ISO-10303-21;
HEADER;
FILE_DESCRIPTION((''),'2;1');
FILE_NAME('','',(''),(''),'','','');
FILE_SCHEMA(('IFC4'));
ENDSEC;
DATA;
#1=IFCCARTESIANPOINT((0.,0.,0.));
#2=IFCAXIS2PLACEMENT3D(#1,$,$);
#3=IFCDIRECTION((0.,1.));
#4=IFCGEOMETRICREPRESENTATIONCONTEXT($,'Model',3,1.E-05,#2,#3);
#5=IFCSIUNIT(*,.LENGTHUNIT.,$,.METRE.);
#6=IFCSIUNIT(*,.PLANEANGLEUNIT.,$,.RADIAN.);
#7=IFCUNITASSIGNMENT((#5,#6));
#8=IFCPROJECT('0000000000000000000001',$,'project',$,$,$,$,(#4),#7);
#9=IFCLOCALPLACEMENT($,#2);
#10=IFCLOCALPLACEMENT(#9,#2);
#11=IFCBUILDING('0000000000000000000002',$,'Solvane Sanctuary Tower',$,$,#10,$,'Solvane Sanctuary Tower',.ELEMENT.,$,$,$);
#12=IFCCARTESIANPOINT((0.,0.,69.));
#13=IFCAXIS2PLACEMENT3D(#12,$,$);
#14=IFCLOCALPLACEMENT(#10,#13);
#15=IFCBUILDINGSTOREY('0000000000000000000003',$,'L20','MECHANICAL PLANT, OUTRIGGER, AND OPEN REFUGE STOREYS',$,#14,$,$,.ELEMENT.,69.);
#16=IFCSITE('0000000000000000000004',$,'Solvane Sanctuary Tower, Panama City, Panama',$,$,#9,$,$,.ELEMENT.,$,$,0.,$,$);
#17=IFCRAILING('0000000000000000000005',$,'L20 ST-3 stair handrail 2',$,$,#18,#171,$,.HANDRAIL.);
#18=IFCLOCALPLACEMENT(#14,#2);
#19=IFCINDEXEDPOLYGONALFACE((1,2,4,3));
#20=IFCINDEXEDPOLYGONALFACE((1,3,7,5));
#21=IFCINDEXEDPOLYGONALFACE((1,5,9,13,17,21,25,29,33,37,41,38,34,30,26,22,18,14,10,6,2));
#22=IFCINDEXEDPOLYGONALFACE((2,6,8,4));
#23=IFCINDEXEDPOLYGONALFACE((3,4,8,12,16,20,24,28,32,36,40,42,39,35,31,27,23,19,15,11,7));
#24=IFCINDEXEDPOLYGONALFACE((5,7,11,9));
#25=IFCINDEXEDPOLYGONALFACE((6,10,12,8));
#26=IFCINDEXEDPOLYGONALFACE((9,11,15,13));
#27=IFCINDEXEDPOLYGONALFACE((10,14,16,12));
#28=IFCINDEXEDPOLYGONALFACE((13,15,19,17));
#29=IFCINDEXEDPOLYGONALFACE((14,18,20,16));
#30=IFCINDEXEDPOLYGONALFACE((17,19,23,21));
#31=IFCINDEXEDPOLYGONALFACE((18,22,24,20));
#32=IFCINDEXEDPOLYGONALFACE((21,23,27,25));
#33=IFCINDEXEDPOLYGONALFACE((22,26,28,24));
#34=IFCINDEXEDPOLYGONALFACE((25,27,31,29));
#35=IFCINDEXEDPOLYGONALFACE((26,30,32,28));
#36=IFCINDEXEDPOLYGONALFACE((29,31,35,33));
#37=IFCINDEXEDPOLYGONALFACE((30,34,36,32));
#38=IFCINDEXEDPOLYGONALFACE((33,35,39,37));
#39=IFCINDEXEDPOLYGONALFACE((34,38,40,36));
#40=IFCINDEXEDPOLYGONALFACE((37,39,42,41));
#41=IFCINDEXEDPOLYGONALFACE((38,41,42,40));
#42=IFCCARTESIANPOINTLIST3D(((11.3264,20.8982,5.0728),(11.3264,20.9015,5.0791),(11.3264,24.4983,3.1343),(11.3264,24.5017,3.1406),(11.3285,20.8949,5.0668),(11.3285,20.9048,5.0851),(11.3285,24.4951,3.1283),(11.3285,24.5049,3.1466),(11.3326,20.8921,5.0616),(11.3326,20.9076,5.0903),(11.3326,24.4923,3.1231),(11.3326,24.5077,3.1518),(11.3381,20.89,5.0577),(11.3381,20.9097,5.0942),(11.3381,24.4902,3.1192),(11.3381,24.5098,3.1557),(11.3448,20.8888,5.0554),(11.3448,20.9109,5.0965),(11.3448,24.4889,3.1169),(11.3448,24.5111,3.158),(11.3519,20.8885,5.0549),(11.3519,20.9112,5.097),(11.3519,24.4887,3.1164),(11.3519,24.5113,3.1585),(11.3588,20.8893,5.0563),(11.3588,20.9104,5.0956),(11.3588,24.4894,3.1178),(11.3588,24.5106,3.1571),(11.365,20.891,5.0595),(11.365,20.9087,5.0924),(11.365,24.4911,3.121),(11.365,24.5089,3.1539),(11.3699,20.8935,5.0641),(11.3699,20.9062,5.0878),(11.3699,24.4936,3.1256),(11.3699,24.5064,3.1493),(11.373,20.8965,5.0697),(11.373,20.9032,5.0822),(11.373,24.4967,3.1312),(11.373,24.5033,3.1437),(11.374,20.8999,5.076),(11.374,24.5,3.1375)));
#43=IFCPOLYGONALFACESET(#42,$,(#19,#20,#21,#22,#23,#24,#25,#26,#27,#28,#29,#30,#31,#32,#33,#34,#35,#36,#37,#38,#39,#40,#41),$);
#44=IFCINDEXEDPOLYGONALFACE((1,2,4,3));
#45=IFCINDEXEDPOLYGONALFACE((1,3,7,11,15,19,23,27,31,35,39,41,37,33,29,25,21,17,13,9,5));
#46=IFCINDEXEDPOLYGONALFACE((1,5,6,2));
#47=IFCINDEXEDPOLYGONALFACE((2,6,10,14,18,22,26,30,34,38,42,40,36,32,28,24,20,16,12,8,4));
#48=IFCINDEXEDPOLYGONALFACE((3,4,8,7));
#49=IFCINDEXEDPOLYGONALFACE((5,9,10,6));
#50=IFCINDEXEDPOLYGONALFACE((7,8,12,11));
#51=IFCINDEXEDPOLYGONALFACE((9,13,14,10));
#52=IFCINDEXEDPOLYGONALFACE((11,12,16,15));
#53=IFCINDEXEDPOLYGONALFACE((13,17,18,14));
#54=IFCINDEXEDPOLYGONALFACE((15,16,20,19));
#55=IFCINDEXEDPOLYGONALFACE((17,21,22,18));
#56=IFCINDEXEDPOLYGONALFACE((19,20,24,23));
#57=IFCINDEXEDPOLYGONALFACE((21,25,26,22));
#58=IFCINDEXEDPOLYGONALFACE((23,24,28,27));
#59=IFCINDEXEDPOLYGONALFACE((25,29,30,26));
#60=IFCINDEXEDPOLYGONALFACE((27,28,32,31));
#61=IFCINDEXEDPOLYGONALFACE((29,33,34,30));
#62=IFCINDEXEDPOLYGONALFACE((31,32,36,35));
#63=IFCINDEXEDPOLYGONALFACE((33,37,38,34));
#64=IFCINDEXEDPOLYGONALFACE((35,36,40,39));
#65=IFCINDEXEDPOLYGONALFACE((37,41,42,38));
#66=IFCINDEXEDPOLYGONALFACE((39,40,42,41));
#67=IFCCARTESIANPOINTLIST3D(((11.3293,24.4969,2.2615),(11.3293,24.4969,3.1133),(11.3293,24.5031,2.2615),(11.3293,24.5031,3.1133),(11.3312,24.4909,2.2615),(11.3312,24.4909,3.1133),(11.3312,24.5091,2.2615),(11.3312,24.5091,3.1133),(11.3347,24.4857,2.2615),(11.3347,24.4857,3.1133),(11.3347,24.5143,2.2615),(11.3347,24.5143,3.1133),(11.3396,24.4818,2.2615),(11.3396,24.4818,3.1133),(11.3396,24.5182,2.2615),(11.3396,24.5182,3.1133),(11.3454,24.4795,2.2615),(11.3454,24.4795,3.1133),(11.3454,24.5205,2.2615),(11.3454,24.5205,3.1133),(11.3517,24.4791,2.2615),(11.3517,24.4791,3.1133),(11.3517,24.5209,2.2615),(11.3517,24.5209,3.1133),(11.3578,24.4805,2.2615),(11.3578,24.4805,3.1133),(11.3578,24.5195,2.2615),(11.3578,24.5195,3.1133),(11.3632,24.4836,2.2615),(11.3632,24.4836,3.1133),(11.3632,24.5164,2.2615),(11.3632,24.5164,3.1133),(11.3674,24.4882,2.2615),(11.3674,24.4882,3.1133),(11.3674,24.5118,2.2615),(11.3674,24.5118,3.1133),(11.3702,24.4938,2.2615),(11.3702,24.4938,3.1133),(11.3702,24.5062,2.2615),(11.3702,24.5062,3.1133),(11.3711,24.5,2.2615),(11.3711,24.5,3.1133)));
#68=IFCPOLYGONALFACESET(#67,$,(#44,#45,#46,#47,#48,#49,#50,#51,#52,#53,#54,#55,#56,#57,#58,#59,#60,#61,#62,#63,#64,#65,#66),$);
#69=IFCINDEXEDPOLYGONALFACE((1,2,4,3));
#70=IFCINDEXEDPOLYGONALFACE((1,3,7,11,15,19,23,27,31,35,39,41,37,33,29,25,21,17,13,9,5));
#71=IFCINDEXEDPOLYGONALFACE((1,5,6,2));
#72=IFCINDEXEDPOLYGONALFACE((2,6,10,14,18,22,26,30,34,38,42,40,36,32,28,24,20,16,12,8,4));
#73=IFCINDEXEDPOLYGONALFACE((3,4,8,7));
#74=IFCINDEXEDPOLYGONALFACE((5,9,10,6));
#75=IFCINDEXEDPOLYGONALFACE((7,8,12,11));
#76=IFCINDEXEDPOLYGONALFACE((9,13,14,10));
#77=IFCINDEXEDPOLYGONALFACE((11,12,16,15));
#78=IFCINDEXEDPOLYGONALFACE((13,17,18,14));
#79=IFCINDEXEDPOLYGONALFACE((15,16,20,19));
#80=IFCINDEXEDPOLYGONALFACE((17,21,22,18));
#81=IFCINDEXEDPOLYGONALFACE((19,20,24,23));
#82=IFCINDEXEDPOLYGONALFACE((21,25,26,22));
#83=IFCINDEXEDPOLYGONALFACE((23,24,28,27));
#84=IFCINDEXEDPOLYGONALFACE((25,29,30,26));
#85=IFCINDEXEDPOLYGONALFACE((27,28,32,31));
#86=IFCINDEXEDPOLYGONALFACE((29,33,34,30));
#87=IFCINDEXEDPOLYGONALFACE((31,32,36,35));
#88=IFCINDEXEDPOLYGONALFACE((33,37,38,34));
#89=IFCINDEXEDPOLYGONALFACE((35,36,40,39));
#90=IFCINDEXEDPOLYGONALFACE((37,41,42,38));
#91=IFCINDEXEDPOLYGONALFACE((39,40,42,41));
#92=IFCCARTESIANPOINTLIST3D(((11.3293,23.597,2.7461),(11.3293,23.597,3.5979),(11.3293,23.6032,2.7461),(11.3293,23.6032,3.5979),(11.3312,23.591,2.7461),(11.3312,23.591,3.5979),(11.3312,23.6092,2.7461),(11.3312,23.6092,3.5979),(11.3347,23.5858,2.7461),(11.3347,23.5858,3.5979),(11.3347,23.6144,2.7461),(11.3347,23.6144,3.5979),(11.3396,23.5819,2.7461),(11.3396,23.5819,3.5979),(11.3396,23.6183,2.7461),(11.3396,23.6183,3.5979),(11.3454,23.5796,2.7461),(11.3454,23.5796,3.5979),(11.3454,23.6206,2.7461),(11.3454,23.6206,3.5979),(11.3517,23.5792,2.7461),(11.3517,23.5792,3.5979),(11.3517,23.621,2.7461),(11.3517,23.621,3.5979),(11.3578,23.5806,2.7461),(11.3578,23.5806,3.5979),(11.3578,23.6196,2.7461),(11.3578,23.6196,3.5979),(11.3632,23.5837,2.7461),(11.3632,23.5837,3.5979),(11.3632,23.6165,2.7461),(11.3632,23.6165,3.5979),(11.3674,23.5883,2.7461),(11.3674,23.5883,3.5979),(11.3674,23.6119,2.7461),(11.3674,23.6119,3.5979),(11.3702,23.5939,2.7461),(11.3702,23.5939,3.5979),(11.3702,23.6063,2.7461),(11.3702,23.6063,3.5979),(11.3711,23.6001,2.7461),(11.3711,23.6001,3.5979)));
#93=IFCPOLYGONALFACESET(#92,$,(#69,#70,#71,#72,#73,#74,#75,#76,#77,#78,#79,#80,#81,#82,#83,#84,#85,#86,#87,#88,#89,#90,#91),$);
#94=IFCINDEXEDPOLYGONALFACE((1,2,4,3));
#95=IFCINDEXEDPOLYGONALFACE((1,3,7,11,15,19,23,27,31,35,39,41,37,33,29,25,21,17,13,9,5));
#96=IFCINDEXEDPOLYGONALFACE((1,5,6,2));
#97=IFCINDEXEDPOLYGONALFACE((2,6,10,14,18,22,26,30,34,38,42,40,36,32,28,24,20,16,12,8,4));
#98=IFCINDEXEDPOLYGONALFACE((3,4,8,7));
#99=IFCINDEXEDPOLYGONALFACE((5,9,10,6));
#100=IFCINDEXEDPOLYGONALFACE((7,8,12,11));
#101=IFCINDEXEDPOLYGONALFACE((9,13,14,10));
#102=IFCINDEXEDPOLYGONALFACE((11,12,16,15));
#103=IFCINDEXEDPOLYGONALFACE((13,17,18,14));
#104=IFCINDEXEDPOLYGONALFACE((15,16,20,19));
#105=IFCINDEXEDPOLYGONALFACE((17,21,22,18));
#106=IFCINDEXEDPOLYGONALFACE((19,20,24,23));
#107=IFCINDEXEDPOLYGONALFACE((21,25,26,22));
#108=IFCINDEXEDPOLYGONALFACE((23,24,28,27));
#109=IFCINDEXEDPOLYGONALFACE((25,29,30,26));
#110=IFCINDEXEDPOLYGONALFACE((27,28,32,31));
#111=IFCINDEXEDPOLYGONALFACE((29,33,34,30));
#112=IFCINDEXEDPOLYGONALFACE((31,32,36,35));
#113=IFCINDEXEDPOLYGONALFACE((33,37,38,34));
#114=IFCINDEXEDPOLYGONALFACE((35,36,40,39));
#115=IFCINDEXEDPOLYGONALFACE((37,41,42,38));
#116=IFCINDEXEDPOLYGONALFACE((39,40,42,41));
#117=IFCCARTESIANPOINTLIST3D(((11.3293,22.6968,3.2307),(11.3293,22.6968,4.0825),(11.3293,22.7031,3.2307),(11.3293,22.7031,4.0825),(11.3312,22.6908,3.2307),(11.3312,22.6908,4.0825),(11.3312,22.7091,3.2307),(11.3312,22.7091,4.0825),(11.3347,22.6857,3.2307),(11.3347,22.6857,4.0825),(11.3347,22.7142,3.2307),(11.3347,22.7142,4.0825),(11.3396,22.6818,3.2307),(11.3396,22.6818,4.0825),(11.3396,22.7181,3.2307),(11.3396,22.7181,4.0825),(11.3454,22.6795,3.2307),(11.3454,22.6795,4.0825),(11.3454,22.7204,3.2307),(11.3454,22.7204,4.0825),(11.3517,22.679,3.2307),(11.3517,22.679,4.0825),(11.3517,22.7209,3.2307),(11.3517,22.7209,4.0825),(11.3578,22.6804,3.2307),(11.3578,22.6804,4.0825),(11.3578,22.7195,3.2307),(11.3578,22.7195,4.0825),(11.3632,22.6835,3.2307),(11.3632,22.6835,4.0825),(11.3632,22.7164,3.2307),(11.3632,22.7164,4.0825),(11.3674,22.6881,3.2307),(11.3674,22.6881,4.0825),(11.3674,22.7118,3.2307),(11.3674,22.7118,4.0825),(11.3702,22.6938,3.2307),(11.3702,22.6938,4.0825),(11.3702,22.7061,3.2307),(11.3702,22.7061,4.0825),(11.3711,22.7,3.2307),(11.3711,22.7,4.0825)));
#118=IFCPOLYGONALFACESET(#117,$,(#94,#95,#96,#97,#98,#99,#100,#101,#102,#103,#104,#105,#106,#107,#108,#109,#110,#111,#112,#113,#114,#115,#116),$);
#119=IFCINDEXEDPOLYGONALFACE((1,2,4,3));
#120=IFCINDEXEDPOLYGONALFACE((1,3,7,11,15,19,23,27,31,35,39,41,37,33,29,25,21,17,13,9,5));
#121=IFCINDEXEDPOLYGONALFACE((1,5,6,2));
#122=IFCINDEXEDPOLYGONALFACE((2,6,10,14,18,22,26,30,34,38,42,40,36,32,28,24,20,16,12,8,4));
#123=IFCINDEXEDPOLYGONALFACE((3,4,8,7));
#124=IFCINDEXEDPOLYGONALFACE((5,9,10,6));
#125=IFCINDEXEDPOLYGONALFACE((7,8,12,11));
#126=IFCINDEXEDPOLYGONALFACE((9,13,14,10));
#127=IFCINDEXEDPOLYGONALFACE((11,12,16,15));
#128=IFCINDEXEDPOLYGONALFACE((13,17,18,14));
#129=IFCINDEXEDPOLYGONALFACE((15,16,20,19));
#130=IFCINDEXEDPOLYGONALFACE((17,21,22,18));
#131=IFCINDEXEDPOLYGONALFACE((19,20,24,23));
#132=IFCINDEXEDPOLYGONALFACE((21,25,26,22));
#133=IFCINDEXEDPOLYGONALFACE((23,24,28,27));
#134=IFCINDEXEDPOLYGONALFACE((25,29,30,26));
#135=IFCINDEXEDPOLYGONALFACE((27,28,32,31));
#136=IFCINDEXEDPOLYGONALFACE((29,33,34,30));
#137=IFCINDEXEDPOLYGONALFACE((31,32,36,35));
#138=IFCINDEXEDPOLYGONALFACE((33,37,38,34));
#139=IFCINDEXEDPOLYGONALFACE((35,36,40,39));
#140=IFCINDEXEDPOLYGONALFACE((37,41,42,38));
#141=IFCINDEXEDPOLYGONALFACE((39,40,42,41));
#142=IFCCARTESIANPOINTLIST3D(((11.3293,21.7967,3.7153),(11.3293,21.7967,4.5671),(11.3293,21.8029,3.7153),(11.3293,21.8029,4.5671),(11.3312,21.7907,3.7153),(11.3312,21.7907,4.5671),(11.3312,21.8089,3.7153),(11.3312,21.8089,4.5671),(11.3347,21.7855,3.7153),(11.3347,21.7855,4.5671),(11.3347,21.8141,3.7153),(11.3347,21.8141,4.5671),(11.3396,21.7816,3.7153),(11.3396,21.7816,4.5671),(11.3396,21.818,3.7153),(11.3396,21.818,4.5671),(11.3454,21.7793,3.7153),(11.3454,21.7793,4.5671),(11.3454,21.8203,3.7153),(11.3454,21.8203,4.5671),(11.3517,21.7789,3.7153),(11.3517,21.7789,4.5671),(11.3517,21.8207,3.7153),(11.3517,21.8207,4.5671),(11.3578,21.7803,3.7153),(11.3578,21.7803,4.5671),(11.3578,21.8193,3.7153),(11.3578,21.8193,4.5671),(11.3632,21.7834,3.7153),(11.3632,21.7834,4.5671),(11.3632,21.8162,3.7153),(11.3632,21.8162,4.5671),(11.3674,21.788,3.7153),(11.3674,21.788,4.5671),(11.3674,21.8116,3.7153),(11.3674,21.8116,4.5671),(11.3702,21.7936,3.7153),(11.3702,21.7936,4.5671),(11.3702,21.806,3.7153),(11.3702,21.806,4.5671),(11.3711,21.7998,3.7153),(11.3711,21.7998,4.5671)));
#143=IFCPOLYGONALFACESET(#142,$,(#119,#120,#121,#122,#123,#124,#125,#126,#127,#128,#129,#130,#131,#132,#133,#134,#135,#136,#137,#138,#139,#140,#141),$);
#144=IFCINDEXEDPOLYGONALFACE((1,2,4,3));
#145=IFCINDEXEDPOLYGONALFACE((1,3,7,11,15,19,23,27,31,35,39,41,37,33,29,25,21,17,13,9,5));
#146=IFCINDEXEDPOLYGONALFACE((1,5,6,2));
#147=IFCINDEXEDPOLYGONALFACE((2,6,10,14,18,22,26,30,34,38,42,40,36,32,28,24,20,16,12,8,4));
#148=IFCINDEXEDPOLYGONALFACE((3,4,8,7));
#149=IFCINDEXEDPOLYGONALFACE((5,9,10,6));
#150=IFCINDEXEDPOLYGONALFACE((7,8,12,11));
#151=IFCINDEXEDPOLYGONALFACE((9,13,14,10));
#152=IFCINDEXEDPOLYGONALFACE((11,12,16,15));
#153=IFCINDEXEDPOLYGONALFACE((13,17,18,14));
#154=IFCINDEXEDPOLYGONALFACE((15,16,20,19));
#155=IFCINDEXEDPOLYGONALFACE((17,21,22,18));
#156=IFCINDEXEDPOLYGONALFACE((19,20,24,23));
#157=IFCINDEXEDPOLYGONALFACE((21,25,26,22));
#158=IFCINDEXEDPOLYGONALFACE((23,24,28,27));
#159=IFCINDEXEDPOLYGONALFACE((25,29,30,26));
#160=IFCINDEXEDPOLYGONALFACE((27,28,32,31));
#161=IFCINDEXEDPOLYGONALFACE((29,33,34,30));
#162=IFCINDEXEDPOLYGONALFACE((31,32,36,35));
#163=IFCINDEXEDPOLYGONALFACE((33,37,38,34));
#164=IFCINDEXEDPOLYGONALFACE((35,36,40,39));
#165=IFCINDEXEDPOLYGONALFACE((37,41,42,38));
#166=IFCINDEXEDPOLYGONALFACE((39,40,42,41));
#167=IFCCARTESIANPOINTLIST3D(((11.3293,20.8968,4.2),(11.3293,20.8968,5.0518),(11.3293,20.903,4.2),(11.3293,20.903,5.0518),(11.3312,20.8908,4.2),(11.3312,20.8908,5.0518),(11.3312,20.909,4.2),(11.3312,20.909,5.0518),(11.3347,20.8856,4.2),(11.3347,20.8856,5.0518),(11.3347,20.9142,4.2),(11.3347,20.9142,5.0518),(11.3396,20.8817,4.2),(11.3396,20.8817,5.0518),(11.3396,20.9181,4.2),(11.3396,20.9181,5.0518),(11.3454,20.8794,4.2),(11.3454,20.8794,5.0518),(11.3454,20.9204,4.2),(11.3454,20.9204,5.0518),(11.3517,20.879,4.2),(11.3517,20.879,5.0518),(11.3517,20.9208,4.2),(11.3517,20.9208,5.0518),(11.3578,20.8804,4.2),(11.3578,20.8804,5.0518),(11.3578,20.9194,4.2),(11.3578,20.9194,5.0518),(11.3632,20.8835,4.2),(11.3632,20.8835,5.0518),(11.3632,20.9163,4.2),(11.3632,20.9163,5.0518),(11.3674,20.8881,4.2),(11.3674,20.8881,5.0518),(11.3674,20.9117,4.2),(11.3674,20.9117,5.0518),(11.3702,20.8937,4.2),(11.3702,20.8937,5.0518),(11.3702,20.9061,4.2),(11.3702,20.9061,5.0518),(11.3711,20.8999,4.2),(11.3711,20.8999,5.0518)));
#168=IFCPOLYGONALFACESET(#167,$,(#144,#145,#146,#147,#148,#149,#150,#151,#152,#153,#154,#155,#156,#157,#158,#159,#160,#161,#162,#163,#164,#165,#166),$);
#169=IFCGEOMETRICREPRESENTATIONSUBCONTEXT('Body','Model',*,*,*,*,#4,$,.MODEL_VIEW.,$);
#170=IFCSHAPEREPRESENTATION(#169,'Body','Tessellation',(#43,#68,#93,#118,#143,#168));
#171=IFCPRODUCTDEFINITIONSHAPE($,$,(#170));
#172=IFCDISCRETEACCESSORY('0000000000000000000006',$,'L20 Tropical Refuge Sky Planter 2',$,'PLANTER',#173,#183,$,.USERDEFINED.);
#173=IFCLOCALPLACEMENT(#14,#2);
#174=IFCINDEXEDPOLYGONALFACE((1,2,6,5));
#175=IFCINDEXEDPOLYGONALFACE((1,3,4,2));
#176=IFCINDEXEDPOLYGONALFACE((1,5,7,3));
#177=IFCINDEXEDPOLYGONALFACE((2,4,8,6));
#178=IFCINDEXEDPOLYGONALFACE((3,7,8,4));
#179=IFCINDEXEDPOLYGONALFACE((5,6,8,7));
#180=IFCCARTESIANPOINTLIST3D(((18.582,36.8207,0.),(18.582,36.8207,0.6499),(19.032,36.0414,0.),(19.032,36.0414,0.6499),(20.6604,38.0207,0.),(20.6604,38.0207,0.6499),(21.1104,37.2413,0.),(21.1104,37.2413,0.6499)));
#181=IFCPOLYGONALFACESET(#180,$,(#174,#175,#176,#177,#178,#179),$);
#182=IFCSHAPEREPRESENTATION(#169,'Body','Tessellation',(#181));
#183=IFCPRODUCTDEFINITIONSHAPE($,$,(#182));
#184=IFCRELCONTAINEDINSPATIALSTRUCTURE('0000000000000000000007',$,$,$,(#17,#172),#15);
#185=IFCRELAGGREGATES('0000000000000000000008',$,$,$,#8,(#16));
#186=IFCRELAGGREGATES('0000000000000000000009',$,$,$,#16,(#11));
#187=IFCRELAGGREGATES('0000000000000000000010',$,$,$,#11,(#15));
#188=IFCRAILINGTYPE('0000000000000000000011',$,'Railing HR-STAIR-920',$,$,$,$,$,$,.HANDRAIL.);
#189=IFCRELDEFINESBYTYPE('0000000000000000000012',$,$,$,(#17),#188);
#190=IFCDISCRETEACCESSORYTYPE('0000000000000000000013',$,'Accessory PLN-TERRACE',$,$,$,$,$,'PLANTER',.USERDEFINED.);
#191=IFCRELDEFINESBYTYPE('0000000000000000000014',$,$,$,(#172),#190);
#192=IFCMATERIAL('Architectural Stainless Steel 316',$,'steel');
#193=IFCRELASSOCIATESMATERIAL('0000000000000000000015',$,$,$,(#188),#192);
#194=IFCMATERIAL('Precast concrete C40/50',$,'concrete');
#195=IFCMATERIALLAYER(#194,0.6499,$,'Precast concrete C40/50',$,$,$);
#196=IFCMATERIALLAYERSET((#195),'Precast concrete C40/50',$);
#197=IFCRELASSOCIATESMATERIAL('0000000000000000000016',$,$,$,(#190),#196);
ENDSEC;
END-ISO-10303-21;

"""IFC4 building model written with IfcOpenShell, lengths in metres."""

from ifc_helpers import new_model, si_unit, direction, frame, origin, origin_2d, place, context, subcontext, project, spatial, rectangle, circle, extrude, material, layer, layer_set, type_object, element, save


model = new_model("IFC4")

# Units and contexts
model_context = context("Model", 3, precision=1e-05, world=origin(), true_north=direction((0.0, 1.0)))
body_context = subcontext(model_context, "Body", "Model", "MODEL_VIEW")
ifc_project = project(units=[si_unit("LENGTHUNIT", "METRE"), si_unit("PLANEANGLEUNIT", "RADIAN")], contexts=[model_context])

# Site, building, storey
site_placement = place(None, origin())
site = spatial("IfcSite", under=ifc_project, at=site_placement, Name="Solvane Sanctuary Tower, Panama City, Panama", CompositionType="ELEMENT", RefElevation=0.0)
building_placement = place(site_placement, origin())
building = spatial("IfcBuilding", under=site, at=building_placement, Name="Solvane Sanctuary Tower", LongName="Solvane Sanctuary Tower", CompositionType="ELEMENT")
storey_placement = place(building_placement, frame((0.0, 0.0, 69.0)))
storey = spatial("IfcBuildingStorey", under=building, at=storey_placement, Name="L20", Description="MECHANICAL PLANT, OUTRIGGER, AND OPEN REFUGE STOREYS", CompositionType="ELEMENT", Elevation=69.0)

# Shared definitions
ifc_material_1 = material(Name="Architectural Stainless Steel 316", Category="steel")

# Railing
railing_type_1 = type_object("IfcRailingType", Name="Railing HR-STAIR-920", PredefinedType="HANDRAIL", material=ifc_material_1)
for number, where, name in (
    (1, (11.3501, 24.5, 2.2615), "L20 ST-3 stair handrail 2"),
):
    element("IfcRailing", number, at=place(storey_placement, frame(where)), inside=storey, type_object=railing_type_1, Name=name, PredefinedType="HANDRAIL", context=body_context, shape_type="SweptSolid", body=[
        extrude(circle(Radius=0.0239, at=origin_2d()), frame((0.0, 0.0, 0.876), z_axis=(0.0, -0.880475, 0.474093), x_axis=(1.0, 0.0, 0.0)), (0.0, 0.0, 1.0), 4.0889),
        extrude(circle(Radius=0.021, at=origin_2d()), origin(), (0.0, 0.0, 1.0), 0.8518),
        extrude(circle(Radius=0.021, at=origin_2d()), frame((0.0, -0.8999, 0.4846)), (0.0, 0.0, 1.0), 0.8518),
        extrude(circle(Radius=0.021, at=origin_2d()), frame((0.0, -1.8, 0.9692)), (0.0, 0.0, 1.0), 0.8518),
        extrude(circle(Radius=0.021, at=origin_2d()), frame((0.0, -2.7002, 1.4539)), (0.0, 0.0, 1.0), 0.8518),
        extrude(circle(Radius=0.021, at=origin_2d()), frame((0.0, -3.6001, 1.9385)), (0.0, 0.0, 1.0), 0.8518),
    ])

# Discrete accessory
ifc_material_2 = material(Name="Precast concrete C40/50", Category="concrete")
ifc_layer_1 = layer(ifc_material_2, 0.6499, Name="Precast concrete C40/50")
ifc_layer_set_1 = layer_set([ifc_layer_1], Name="Precast concrete C40/50")
discrete_accessory_type = type_object("IfcDiscreteAccessoryType", Name="Accessory PLN-TERRACE", ElementType="PLANTER", PredefinedType="USERDEFINED", material=ifc_layer_set_1)
discrete_accessory_placement = place(storey_placement, frame((19.8462, 37.031, 0.0), z_axis=(0.0, 0.0, 1.0), x_axis=(-0.866025, -0.5, 0.0)))
element("IfcDiscreteAccessory", 2, at=discrete_accessory_placement, inside=storey, type_object=discrete_accessory_type, Name="L20 Tropical Refuge Sky Planter 2", ObjectType="PLANTER", PredefinedType="USERDEFINED", context=body_context, shape_type="SweptSolid", body=[
    extrude(rectangle(XDim=2.3999, YDim=0.8999, at=origin_2d()), origin(), (0.0, 0.0, 1.0), 0.6499),
])

save(model, "model.ifc")
